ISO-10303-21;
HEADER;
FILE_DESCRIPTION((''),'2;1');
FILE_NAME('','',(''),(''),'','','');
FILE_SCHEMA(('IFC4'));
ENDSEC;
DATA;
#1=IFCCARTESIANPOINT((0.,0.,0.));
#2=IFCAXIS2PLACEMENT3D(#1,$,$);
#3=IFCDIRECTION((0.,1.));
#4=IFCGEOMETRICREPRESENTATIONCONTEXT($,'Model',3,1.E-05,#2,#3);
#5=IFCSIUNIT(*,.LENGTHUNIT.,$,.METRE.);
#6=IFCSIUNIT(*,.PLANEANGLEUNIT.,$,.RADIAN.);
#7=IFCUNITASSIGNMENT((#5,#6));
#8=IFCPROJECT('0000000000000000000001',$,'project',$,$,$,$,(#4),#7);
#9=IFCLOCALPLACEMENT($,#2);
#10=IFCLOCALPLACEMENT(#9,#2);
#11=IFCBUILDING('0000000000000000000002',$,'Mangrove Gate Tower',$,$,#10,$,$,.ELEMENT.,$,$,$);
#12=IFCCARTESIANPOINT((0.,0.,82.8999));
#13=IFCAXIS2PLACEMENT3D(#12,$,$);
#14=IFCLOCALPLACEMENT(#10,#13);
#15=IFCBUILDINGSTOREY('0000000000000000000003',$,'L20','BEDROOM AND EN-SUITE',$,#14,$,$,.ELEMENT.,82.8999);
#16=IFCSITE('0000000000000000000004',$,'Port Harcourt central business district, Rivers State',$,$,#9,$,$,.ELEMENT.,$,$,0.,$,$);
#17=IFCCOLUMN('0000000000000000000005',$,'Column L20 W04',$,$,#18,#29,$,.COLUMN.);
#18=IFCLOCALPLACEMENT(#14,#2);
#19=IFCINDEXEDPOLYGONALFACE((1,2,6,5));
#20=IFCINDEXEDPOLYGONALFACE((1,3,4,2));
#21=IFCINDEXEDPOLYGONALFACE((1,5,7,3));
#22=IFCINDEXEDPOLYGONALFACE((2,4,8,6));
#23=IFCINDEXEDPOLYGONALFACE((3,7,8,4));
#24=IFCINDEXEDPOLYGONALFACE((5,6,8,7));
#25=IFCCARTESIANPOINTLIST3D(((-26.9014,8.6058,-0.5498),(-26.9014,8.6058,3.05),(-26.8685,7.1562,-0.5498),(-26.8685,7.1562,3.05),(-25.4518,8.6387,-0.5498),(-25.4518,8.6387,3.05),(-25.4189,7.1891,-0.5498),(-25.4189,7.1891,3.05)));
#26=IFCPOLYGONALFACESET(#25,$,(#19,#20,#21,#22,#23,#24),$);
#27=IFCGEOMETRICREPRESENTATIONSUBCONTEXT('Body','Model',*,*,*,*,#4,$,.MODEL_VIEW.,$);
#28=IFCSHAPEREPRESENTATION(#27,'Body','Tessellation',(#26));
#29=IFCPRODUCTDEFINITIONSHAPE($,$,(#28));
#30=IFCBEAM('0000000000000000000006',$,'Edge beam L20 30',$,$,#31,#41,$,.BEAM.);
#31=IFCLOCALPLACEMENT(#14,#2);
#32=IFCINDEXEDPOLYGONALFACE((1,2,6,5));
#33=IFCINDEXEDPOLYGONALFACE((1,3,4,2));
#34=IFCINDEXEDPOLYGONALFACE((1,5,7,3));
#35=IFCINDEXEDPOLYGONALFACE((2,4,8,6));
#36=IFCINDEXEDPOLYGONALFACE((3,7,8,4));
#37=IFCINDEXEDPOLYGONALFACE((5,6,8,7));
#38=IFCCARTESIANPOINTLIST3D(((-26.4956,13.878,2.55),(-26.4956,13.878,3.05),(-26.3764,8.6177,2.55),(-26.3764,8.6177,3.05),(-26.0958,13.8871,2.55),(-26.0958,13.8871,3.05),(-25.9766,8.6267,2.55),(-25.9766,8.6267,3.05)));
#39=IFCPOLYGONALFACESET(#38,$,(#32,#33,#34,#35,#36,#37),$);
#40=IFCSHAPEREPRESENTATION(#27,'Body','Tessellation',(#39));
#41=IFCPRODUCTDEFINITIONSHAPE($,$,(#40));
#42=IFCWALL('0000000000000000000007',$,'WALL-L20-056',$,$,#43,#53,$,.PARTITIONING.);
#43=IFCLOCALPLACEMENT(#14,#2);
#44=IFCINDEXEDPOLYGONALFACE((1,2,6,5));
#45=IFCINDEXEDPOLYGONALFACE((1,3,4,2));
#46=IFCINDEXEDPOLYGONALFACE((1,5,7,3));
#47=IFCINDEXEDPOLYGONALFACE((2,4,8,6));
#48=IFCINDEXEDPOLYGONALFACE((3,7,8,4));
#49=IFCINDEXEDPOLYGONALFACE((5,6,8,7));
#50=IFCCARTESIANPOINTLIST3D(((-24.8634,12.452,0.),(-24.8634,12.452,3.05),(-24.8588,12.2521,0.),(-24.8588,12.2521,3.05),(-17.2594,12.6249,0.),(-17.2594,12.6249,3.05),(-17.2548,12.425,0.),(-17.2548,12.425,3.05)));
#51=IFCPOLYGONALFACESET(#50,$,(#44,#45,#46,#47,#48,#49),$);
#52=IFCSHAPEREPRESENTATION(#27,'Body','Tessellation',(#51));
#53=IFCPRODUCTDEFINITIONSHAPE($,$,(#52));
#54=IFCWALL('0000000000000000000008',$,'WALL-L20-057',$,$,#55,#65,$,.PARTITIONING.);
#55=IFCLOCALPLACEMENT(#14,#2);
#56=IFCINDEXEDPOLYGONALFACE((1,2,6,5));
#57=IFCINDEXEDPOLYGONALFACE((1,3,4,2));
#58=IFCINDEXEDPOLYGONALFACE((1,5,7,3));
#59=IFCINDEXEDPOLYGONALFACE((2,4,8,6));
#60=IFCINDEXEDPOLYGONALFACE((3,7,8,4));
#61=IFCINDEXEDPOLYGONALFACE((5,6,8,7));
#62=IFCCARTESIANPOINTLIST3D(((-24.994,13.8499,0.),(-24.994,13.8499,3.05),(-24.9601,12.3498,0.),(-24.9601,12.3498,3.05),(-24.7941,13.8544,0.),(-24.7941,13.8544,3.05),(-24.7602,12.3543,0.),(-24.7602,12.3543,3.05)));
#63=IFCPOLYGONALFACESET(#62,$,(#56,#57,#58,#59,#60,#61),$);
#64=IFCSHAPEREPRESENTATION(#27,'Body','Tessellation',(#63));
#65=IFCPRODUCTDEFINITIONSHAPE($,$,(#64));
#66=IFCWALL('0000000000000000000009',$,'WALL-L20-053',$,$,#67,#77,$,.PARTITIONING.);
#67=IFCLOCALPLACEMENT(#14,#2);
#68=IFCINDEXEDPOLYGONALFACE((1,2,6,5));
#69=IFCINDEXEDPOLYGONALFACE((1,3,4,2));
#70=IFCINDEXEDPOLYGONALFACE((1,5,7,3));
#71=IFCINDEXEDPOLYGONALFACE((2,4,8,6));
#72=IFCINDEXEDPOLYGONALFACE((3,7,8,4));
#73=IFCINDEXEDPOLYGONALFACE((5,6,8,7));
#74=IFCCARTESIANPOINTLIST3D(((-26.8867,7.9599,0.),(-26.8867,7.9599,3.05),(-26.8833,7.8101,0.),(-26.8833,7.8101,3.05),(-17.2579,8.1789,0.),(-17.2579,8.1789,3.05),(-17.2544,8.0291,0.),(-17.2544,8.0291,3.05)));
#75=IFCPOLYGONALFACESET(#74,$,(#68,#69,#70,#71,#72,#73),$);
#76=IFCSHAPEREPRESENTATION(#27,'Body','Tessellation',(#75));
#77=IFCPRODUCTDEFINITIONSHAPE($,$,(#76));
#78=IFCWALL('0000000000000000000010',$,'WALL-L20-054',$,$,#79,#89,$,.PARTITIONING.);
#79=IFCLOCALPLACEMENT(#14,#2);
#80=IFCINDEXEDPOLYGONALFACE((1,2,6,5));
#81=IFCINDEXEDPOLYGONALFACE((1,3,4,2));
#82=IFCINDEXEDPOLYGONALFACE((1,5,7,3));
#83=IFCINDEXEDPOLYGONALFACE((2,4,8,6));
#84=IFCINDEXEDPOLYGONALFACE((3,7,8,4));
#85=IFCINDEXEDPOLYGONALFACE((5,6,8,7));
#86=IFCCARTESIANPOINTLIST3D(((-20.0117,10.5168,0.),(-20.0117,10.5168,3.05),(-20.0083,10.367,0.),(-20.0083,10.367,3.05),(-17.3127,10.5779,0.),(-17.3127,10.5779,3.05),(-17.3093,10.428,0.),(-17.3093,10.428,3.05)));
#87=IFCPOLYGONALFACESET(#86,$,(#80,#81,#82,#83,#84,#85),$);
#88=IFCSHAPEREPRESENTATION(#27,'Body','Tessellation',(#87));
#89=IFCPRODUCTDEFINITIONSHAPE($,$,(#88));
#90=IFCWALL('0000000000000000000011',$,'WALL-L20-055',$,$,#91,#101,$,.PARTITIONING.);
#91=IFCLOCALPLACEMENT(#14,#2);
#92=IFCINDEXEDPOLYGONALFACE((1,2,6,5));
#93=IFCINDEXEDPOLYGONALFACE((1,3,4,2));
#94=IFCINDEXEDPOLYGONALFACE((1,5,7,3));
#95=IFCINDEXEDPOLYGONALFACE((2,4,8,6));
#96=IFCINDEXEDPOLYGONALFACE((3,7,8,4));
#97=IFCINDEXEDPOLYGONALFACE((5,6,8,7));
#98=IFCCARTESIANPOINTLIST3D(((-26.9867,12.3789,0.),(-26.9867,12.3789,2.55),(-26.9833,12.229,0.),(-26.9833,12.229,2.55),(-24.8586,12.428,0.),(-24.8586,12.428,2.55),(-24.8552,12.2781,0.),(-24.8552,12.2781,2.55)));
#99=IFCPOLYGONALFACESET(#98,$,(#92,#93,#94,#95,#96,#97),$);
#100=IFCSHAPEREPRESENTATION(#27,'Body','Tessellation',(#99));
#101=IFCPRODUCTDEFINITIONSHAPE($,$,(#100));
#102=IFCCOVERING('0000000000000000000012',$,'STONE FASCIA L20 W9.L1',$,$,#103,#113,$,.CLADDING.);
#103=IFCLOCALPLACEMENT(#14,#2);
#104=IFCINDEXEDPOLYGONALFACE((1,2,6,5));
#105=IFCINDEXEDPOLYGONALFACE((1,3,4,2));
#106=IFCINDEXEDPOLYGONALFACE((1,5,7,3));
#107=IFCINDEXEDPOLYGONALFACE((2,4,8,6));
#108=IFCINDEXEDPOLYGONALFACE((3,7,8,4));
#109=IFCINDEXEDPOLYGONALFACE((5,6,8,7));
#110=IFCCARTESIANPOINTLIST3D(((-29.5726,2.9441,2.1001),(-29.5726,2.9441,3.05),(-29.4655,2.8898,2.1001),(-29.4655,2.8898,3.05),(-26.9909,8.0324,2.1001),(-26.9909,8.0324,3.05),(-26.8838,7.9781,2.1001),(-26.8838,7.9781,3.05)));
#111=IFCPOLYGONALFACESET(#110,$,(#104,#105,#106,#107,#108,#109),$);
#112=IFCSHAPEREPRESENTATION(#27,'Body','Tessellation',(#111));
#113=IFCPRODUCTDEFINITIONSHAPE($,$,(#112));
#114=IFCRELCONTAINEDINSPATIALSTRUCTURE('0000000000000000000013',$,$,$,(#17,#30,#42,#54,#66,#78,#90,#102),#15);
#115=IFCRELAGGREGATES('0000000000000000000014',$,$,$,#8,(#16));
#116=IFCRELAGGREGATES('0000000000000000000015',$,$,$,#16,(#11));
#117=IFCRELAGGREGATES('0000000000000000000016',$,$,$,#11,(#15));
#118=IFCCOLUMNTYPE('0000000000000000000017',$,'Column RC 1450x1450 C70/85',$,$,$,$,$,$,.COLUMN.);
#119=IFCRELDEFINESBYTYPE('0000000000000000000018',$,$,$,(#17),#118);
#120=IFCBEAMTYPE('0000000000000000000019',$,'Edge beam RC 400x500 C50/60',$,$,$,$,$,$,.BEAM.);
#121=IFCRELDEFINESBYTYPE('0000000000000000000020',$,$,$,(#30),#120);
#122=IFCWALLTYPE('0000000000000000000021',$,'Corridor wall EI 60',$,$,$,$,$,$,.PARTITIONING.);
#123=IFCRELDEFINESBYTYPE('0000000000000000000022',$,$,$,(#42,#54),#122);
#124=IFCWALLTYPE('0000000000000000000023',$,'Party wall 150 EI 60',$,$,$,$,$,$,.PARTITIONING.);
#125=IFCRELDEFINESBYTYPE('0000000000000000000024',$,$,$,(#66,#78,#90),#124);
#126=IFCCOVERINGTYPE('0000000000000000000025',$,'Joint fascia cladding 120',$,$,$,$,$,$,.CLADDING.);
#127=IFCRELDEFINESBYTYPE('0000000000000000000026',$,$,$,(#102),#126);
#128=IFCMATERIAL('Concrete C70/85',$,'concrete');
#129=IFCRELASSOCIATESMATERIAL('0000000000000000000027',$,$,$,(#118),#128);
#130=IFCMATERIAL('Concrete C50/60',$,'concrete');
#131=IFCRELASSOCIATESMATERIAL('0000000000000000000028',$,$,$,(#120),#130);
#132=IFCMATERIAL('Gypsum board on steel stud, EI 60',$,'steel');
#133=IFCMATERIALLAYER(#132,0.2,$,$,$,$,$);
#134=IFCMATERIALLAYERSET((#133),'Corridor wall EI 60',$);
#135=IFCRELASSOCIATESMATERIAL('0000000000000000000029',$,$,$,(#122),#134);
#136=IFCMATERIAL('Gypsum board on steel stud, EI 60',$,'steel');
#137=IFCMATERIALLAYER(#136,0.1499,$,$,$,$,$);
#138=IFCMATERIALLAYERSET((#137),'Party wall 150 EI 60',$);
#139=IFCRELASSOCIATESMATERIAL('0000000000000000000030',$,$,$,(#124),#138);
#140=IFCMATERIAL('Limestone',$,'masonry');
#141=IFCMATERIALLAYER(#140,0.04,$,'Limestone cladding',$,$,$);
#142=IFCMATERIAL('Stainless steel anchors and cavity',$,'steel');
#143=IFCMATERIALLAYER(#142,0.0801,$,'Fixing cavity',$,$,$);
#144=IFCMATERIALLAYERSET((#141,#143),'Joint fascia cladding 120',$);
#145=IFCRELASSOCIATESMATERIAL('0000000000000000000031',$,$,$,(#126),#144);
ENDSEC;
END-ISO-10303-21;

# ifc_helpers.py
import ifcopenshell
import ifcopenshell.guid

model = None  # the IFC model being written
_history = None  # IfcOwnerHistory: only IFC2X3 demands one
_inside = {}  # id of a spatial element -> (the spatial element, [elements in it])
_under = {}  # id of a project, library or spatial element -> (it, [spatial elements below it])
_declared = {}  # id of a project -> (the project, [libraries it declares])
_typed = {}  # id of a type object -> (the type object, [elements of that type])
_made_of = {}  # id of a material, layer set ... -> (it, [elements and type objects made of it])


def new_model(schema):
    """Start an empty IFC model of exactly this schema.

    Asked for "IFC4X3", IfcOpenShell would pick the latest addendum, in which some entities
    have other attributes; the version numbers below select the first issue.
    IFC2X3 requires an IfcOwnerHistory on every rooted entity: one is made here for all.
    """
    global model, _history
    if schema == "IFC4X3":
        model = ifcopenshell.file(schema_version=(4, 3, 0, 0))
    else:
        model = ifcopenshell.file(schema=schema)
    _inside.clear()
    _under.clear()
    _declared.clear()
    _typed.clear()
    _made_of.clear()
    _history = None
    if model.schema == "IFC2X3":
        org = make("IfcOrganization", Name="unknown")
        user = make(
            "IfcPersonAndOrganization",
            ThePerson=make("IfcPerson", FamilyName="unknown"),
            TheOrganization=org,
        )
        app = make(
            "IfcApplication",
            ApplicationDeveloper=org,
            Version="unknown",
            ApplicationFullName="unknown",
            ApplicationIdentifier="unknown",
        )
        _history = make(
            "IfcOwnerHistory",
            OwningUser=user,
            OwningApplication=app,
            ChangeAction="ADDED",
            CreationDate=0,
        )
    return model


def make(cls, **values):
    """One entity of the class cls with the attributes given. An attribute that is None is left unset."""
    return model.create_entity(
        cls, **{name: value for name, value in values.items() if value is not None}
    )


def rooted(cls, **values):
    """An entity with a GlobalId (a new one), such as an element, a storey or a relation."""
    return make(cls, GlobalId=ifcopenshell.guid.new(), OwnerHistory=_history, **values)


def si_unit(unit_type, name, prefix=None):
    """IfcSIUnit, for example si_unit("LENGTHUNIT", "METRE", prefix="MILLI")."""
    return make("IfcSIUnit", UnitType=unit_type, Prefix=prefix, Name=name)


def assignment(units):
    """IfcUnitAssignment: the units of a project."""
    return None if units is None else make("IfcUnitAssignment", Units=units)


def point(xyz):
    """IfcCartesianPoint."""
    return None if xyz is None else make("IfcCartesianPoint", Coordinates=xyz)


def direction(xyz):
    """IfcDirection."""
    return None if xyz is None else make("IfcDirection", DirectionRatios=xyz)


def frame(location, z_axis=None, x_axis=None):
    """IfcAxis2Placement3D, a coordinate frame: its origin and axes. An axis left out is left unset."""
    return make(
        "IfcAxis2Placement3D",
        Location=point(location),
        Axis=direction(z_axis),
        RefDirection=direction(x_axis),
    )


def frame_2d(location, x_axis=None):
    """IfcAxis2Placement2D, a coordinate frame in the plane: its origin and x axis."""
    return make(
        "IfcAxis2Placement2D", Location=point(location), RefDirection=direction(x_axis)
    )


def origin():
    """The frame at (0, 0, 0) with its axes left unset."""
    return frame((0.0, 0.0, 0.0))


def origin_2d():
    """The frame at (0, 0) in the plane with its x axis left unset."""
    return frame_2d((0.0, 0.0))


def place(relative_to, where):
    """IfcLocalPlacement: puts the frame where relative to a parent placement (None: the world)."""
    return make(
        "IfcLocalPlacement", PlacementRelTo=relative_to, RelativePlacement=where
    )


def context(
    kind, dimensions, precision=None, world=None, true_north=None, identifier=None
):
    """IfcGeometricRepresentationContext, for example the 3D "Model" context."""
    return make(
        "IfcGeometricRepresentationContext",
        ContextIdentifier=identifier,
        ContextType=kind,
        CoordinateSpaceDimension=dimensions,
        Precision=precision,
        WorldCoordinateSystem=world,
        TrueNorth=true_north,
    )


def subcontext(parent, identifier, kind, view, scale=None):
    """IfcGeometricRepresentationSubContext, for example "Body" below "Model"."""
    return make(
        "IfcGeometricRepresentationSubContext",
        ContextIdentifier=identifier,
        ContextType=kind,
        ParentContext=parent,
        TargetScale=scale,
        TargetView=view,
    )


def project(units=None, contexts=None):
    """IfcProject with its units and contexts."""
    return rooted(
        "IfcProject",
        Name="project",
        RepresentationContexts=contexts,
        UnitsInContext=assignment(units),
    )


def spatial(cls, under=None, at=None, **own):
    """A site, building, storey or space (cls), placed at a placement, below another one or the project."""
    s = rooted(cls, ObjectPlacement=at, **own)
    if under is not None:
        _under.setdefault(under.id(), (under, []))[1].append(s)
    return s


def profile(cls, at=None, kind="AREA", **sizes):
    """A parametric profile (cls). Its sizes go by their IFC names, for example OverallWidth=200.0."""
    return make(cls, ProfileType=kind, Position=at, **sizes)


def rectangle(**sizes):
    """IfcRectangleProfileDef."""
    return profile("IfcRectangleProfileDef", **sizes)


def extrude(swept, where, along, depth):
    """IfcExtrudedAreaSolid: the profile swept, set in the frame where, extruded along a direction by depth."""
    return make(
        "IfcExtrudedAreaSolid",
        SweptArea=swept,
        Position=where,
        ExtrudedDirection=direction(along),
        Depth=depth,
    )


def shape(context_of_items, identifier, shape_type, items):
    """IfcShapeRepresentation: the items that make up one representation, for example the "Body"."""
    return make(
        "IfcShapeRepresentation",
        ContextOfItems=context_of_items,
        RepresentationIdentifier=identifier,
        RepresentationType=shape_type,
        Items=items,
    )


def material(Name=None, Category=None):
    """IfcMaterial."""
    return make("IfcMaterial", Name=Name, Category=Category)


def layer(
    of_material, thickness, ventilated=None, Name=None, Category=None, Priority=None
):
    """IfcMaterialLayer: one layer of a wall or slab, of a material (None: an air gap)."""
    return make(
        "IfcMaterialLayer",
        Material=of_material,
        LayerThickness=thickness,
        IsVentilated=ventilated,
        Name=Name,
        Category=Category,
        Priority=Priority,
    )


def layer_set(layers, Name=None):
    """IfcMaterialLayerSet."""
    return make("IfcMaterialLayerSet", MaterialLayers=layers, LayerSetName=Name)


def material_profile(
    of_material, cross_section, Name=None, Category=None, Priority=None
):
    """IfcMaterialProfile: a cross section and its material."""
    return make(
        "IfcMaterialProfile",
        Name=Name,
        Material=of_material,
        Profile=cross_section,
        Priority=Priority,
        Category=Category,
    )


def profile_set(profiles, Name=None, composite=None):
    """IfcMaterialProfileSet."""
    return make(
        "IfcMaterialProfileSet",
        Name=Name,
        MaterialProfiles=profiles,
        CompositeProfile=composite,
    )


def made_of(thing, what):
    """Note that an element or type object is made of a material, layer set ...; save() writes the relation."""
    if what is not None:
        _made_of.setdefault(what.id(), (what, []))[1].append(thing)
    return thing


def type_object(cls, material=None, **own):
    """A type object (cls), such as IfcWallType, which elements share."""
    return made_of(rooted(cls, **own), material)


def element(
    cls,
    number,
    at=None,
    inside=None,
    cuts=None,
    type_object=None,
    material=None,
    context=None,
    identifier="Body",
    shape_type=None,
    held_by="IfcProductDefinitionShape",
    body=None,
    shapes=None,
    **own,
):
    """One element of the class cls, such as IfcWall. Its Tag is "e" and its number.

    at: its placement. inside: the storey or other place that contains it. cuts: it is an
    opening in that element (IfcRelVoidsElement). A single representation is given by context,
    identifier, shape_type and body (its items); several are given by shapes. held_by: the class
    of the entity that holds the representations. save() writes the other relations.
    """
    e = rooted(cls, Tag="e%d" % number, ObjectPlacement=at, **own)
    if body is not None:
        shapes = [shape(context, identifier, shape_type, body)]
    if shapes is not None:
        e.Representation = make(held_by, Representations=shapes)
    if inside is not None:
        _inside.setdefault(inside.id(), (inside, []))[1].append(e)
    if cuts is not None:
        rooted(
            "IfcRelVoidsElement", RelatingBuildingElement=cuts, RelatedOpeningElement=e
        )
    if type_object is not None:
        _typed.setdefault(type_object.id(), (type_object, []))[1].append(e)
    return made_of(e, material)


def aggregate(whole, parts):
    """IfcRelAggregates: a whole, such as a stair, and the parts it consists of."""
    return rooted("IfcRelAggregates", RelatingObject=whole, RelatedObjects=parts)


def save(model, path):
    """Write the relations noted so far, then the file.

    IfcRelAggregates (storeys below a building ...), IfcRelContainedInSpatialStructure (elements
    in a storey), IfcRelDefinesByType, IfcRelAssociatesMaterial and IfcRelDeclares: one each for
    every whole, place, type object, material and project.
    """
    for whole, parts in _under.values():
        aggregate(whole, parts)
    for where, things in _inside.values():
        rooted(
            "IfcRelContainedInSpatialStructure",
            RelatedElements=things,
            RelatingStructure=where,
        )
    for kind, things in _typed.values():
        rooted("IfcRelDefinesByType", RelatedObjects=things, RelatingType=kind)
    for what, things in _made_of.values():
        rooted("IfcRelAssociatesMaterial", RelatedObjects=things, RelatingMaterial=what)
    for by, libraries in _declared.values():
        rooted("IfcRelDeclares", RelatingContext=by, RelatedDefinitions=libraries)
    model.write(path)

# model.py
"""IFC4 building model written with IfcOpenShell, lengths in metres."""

from ifc_helpers import new_model, si_unit, direction, frame, frame_2d, origin, origin_2d, place, context, subcontext, project, spatial, rectangle, extrude, material, layer, layer_set, material_profile, profile_set, type_object, element, save


model = new_model("IFC4")

# Units and contexts
model_context = context("Model", 3, precision=1e-05, world=origin(), true_north=direction((0.0, 1.0)))
body_context = subcontext(model_context, "Body", "Model", "MODEL_VIEW")
ifc_project = project(units=[si_unit("LENGTHUNIT", "METRE"), si_unit("PLANEANGLEUNIT", "RADIAN")], contexts=[model_context])

# Site, building, storey
site_placement = place(None, origin())
site = spatial("IfcSite", under=ifc_project, at=site_placement, Name="Port Harcourt central business district, Rivers State", CompositionType="ELEMENT", RefElevation=0.0)
building_placement = place(site_placement, origin())
building = spatial("IfcBuilding", under=site, at=building_placement, Name="Mangrove Gate Tower", CompositionType="ELEMENT")
storey_placement = place(building_placement, frame((0.0, 0.0, 82.8999)))
storey = spatial("IfcBuildingStorey", under=building, at=storey_placement, Name="L20", Description="BEDROOM AND EN-SUITE", CompositionType="ELEMENT", Elevation=82.8999)

# Column
ifc_material_1 = material(Name="Concrete C70/85", Category="concrete")
ifc_material_profile_1 = material_profile(ifc_material_1, rectangle(XDim=1.45, YDim=1.45, at=origin_2d()))
ifc_profile_set_1 = profile_set([ifc_material_profile_1], Name="Concrete C70/85")
column_type = type_object("IfcColumnType", Name="Column RC 1450x1450 C70/85", PredefinedType="COLUMN", material=ifc_profile_set_1)
column_placement = place(storey_placement, frame((-26.1602, 7.8975, -0.5498), z_axis=(0.0, 0.0, 1.0), x_axis=(0.022676, -0.999743, 0.0)))
element("IfcColumn", 1, at=column_placement, inside=storey, type_object=column_type, Name="Column L20 W04", PredefinedType="COLUMN", context=body_context, shape_type="SweptSolid", body=[
    extrude(rectangle(XDim=1.45, YDim=1.45, at=origin_2d()), origin(), (0.0, 0.0, 1.0), 3.5999),
])

# Beam
ifc_material_2 = material(Name="Concrete C50/60", Category="concrete")
ifc_material_profile_2 = material_profile(ifc_material_2, rectangle(XDim=0.3999, YDim=0.5, at=origin_2d()))
ifc_profile_set_2 = profile_set([ifc_material_profile_2], Name="Concrete C50/60")
beam_type = type_object("IfcBeamType", Name="Edge beam RC 400x500 C50/60", PredefinedType="BEAM", material=ifc_profile_set_2)
beam_placement = place(storey_placement, frame((-26.2957, 13.8826, 2.8), z_axis=(0.022643, -0.999744, 0.0), x_axis=(0.999744, 0.022643, 0.0)))
element("IfcBeam", 2, at=beam_placement, inside=storey, type_object=beam_type, Name="Edge beam L20 30", PredefinedType="BEAM", context=body_context, shape_type="SweptSolid", body=[
    extrude(rectangle(XDim=0.3999, YDim=0.5, at=origin_2d()), origin(), (0.0, 0.0, 1.0), 5.2617),
])

# Walls
ifc_material_3 = material(Name="Gypsum board on steel stud, EI 60", Category="steel")
ifc_layer_1 = layer(ifc_material_3, 0.2)
ifc_layer_set_1 = layer_set([ifc_layer_1], Name="Corridor wall EI 60")
wall_type_1 = type_object("IfcWallType", Name="Corridor wall EI 60", PredefinedType="PARTITIONING", material=ifc_layer_set_1)
wall_1_placement = place(storey_placement, frame((-24.8611, 12.3521, 0.0), z_axis=(0.0, 0.0, 1.0), x_axis=(0.999742, 0.022726, 0.0)))
element("IfcWall", 3, at=wall_1_placement, inside=storey, type_object=wall_type_1, Name="WALL-L20-056", PredefinedType="PARTITIONING", context=body_context, shape_type="SweptSolid", body=[
    extrude(rectangle(XDim=7.606, YDim=0.2, at=frame_2d((3.803, 0.0))), origin(), (0.0, 0.0, 1.0), 3.05),
])
wall_2_placement = place(storey_placement, frame((-24.8601, 12.3521, 0.0), z_axis=(0.0, 0.0, 1.0), x_axis=(-0.022618, 0.999744, 0.0)))
element("IfcWall", 4, at=wall_2_placement, inside=storey, type_object=wall_type_1, Name="WALL-L20-057", PredefinedType="PARTITIONING", context=body_context, shape_type="SweptSolid", body=[
    extrude(rectangle(XDim=1.5005, YDim=0.2, at=frame_2d((0.7502, 0.0))), origin(), (0.0, 0.0, 1.0), 3.05),
])

# Walls
ifc_material_4 = material(Name="Gypsum board on steel stud, EI 60", Category="steel")
ifc_layer_2 = layer(ifc_material_4, 0.1499)
ifc_layer_set_2 = layer_set([ifc_layer_2], Name="Party wall 150 EI 60")
wall_type_2 = type_object("IfcWallType", Name="Party wall 150 EI 60", PredefinedType="PARTITIONING", material=ifc_layer_set_2)
wall_3_placement = place(storey_placement, frame((-26.885, 7.885, 0.0), z_axis=(0.0, 0.0, 1.0), x_axis=(0.999741, 0.022738, 0.0)))
element("IfcWall", 5, at=wall_3_placement, inside=storey, type_object=wall_type_2, Name="WALL-L20-053", PredefinedType="PARTITIONING", context=body_context, shape_type="SweptSolid", body=[
    extrude(rectangle(XDim=9.6313, YDim=0.1499, at=frame_2d((4.8157, 0.0))), origin(), (0.0, 0.0, 1.0), 3.05),
])
wall_4_placement = place(storey_placement, frame((-20.01, 10.4419, 0.0), z_axis=(0.0, 0.0, 1.0), x_axis=(0.999744, 0.022608, 0.0)))
element("IfcWall", 6, at=wall_4_placement, inside=storey, type_object=wall_type_2, Name="WALL-L20-054", PredefinedType="PARTITIONING", context=body_context, shape_type="SweptSolid", body=[
    extrude(rectangle(XDim=2.6997, YDim=0.1499, at=frame_2d((1.3499, 0.0))), origin(), (0.0, 0.0, 1.0), 3.05),
])
wall_5_placement = place(storey_placement, frame((-26.9851, 12.304, 0.0), z_axis=(0.0, 0.0, 1.0), x_axis=(0.999734, 0.023052, 0.0)))
element("IfcWall", 7, at=wall_5_placement, inside=storey, type_object=wall_type_2, Name="WALL-L20-055", PredefinedType="PARTITIONING", context=body_context, shape_type="SweptSolid", body=[
    extrude(rectangle(XDim=2.1287, YDim=0.1499, at=frame_2d((1.0645, 0.0))), origin(), (0.0, 0.0, 1.0), 2.55),
])

# Covering
ifc_material_5 = material(Name="Limestone", Category="masonry")
ifc_layer_3 = layer(ifc_material_5, 0.04, Name="Limestone cladding")
ifc_material_6 = material(Name="Stainless steel anchors and cavity", Category="steel")
ifc_layer_4 = layer(ifc_material_6, 0.0801, Name="Fixing cavity")
ifc_layer_set_3 = layer_set([ifc_layer_3, ifc_layer_4], Name="Joint fascia cladding 120")
covering_type = type_object("IfcCoveringType", Name="Joint fascia cladding 120", PredefinedType="CLADDING", material=ifc_layer_set_3)
covering_placement = place(storey_placement, frame((-26.9373, 8.0054, 2.1001), z_axis=(0.0, 0.0, 1.0), x_axis=(-0.452477, -0.891776, 0.0)))
element("IfcCovering", 8, at=covering_placement, inside=storey, type_object=covering_type, Name="STONE FASCIA L20 W9.L1", PredefinedType="CLADDING", context=body_context, shape_type="SweptSolid", body=[
    extrude(rectangle(XDim=5.7058, YDim=0.1201, at=frame_2d((2.853, 0.0))), origin(), (0.0, 0.0, 1.0), 0.95),
])

save(model, "model.ifc")
